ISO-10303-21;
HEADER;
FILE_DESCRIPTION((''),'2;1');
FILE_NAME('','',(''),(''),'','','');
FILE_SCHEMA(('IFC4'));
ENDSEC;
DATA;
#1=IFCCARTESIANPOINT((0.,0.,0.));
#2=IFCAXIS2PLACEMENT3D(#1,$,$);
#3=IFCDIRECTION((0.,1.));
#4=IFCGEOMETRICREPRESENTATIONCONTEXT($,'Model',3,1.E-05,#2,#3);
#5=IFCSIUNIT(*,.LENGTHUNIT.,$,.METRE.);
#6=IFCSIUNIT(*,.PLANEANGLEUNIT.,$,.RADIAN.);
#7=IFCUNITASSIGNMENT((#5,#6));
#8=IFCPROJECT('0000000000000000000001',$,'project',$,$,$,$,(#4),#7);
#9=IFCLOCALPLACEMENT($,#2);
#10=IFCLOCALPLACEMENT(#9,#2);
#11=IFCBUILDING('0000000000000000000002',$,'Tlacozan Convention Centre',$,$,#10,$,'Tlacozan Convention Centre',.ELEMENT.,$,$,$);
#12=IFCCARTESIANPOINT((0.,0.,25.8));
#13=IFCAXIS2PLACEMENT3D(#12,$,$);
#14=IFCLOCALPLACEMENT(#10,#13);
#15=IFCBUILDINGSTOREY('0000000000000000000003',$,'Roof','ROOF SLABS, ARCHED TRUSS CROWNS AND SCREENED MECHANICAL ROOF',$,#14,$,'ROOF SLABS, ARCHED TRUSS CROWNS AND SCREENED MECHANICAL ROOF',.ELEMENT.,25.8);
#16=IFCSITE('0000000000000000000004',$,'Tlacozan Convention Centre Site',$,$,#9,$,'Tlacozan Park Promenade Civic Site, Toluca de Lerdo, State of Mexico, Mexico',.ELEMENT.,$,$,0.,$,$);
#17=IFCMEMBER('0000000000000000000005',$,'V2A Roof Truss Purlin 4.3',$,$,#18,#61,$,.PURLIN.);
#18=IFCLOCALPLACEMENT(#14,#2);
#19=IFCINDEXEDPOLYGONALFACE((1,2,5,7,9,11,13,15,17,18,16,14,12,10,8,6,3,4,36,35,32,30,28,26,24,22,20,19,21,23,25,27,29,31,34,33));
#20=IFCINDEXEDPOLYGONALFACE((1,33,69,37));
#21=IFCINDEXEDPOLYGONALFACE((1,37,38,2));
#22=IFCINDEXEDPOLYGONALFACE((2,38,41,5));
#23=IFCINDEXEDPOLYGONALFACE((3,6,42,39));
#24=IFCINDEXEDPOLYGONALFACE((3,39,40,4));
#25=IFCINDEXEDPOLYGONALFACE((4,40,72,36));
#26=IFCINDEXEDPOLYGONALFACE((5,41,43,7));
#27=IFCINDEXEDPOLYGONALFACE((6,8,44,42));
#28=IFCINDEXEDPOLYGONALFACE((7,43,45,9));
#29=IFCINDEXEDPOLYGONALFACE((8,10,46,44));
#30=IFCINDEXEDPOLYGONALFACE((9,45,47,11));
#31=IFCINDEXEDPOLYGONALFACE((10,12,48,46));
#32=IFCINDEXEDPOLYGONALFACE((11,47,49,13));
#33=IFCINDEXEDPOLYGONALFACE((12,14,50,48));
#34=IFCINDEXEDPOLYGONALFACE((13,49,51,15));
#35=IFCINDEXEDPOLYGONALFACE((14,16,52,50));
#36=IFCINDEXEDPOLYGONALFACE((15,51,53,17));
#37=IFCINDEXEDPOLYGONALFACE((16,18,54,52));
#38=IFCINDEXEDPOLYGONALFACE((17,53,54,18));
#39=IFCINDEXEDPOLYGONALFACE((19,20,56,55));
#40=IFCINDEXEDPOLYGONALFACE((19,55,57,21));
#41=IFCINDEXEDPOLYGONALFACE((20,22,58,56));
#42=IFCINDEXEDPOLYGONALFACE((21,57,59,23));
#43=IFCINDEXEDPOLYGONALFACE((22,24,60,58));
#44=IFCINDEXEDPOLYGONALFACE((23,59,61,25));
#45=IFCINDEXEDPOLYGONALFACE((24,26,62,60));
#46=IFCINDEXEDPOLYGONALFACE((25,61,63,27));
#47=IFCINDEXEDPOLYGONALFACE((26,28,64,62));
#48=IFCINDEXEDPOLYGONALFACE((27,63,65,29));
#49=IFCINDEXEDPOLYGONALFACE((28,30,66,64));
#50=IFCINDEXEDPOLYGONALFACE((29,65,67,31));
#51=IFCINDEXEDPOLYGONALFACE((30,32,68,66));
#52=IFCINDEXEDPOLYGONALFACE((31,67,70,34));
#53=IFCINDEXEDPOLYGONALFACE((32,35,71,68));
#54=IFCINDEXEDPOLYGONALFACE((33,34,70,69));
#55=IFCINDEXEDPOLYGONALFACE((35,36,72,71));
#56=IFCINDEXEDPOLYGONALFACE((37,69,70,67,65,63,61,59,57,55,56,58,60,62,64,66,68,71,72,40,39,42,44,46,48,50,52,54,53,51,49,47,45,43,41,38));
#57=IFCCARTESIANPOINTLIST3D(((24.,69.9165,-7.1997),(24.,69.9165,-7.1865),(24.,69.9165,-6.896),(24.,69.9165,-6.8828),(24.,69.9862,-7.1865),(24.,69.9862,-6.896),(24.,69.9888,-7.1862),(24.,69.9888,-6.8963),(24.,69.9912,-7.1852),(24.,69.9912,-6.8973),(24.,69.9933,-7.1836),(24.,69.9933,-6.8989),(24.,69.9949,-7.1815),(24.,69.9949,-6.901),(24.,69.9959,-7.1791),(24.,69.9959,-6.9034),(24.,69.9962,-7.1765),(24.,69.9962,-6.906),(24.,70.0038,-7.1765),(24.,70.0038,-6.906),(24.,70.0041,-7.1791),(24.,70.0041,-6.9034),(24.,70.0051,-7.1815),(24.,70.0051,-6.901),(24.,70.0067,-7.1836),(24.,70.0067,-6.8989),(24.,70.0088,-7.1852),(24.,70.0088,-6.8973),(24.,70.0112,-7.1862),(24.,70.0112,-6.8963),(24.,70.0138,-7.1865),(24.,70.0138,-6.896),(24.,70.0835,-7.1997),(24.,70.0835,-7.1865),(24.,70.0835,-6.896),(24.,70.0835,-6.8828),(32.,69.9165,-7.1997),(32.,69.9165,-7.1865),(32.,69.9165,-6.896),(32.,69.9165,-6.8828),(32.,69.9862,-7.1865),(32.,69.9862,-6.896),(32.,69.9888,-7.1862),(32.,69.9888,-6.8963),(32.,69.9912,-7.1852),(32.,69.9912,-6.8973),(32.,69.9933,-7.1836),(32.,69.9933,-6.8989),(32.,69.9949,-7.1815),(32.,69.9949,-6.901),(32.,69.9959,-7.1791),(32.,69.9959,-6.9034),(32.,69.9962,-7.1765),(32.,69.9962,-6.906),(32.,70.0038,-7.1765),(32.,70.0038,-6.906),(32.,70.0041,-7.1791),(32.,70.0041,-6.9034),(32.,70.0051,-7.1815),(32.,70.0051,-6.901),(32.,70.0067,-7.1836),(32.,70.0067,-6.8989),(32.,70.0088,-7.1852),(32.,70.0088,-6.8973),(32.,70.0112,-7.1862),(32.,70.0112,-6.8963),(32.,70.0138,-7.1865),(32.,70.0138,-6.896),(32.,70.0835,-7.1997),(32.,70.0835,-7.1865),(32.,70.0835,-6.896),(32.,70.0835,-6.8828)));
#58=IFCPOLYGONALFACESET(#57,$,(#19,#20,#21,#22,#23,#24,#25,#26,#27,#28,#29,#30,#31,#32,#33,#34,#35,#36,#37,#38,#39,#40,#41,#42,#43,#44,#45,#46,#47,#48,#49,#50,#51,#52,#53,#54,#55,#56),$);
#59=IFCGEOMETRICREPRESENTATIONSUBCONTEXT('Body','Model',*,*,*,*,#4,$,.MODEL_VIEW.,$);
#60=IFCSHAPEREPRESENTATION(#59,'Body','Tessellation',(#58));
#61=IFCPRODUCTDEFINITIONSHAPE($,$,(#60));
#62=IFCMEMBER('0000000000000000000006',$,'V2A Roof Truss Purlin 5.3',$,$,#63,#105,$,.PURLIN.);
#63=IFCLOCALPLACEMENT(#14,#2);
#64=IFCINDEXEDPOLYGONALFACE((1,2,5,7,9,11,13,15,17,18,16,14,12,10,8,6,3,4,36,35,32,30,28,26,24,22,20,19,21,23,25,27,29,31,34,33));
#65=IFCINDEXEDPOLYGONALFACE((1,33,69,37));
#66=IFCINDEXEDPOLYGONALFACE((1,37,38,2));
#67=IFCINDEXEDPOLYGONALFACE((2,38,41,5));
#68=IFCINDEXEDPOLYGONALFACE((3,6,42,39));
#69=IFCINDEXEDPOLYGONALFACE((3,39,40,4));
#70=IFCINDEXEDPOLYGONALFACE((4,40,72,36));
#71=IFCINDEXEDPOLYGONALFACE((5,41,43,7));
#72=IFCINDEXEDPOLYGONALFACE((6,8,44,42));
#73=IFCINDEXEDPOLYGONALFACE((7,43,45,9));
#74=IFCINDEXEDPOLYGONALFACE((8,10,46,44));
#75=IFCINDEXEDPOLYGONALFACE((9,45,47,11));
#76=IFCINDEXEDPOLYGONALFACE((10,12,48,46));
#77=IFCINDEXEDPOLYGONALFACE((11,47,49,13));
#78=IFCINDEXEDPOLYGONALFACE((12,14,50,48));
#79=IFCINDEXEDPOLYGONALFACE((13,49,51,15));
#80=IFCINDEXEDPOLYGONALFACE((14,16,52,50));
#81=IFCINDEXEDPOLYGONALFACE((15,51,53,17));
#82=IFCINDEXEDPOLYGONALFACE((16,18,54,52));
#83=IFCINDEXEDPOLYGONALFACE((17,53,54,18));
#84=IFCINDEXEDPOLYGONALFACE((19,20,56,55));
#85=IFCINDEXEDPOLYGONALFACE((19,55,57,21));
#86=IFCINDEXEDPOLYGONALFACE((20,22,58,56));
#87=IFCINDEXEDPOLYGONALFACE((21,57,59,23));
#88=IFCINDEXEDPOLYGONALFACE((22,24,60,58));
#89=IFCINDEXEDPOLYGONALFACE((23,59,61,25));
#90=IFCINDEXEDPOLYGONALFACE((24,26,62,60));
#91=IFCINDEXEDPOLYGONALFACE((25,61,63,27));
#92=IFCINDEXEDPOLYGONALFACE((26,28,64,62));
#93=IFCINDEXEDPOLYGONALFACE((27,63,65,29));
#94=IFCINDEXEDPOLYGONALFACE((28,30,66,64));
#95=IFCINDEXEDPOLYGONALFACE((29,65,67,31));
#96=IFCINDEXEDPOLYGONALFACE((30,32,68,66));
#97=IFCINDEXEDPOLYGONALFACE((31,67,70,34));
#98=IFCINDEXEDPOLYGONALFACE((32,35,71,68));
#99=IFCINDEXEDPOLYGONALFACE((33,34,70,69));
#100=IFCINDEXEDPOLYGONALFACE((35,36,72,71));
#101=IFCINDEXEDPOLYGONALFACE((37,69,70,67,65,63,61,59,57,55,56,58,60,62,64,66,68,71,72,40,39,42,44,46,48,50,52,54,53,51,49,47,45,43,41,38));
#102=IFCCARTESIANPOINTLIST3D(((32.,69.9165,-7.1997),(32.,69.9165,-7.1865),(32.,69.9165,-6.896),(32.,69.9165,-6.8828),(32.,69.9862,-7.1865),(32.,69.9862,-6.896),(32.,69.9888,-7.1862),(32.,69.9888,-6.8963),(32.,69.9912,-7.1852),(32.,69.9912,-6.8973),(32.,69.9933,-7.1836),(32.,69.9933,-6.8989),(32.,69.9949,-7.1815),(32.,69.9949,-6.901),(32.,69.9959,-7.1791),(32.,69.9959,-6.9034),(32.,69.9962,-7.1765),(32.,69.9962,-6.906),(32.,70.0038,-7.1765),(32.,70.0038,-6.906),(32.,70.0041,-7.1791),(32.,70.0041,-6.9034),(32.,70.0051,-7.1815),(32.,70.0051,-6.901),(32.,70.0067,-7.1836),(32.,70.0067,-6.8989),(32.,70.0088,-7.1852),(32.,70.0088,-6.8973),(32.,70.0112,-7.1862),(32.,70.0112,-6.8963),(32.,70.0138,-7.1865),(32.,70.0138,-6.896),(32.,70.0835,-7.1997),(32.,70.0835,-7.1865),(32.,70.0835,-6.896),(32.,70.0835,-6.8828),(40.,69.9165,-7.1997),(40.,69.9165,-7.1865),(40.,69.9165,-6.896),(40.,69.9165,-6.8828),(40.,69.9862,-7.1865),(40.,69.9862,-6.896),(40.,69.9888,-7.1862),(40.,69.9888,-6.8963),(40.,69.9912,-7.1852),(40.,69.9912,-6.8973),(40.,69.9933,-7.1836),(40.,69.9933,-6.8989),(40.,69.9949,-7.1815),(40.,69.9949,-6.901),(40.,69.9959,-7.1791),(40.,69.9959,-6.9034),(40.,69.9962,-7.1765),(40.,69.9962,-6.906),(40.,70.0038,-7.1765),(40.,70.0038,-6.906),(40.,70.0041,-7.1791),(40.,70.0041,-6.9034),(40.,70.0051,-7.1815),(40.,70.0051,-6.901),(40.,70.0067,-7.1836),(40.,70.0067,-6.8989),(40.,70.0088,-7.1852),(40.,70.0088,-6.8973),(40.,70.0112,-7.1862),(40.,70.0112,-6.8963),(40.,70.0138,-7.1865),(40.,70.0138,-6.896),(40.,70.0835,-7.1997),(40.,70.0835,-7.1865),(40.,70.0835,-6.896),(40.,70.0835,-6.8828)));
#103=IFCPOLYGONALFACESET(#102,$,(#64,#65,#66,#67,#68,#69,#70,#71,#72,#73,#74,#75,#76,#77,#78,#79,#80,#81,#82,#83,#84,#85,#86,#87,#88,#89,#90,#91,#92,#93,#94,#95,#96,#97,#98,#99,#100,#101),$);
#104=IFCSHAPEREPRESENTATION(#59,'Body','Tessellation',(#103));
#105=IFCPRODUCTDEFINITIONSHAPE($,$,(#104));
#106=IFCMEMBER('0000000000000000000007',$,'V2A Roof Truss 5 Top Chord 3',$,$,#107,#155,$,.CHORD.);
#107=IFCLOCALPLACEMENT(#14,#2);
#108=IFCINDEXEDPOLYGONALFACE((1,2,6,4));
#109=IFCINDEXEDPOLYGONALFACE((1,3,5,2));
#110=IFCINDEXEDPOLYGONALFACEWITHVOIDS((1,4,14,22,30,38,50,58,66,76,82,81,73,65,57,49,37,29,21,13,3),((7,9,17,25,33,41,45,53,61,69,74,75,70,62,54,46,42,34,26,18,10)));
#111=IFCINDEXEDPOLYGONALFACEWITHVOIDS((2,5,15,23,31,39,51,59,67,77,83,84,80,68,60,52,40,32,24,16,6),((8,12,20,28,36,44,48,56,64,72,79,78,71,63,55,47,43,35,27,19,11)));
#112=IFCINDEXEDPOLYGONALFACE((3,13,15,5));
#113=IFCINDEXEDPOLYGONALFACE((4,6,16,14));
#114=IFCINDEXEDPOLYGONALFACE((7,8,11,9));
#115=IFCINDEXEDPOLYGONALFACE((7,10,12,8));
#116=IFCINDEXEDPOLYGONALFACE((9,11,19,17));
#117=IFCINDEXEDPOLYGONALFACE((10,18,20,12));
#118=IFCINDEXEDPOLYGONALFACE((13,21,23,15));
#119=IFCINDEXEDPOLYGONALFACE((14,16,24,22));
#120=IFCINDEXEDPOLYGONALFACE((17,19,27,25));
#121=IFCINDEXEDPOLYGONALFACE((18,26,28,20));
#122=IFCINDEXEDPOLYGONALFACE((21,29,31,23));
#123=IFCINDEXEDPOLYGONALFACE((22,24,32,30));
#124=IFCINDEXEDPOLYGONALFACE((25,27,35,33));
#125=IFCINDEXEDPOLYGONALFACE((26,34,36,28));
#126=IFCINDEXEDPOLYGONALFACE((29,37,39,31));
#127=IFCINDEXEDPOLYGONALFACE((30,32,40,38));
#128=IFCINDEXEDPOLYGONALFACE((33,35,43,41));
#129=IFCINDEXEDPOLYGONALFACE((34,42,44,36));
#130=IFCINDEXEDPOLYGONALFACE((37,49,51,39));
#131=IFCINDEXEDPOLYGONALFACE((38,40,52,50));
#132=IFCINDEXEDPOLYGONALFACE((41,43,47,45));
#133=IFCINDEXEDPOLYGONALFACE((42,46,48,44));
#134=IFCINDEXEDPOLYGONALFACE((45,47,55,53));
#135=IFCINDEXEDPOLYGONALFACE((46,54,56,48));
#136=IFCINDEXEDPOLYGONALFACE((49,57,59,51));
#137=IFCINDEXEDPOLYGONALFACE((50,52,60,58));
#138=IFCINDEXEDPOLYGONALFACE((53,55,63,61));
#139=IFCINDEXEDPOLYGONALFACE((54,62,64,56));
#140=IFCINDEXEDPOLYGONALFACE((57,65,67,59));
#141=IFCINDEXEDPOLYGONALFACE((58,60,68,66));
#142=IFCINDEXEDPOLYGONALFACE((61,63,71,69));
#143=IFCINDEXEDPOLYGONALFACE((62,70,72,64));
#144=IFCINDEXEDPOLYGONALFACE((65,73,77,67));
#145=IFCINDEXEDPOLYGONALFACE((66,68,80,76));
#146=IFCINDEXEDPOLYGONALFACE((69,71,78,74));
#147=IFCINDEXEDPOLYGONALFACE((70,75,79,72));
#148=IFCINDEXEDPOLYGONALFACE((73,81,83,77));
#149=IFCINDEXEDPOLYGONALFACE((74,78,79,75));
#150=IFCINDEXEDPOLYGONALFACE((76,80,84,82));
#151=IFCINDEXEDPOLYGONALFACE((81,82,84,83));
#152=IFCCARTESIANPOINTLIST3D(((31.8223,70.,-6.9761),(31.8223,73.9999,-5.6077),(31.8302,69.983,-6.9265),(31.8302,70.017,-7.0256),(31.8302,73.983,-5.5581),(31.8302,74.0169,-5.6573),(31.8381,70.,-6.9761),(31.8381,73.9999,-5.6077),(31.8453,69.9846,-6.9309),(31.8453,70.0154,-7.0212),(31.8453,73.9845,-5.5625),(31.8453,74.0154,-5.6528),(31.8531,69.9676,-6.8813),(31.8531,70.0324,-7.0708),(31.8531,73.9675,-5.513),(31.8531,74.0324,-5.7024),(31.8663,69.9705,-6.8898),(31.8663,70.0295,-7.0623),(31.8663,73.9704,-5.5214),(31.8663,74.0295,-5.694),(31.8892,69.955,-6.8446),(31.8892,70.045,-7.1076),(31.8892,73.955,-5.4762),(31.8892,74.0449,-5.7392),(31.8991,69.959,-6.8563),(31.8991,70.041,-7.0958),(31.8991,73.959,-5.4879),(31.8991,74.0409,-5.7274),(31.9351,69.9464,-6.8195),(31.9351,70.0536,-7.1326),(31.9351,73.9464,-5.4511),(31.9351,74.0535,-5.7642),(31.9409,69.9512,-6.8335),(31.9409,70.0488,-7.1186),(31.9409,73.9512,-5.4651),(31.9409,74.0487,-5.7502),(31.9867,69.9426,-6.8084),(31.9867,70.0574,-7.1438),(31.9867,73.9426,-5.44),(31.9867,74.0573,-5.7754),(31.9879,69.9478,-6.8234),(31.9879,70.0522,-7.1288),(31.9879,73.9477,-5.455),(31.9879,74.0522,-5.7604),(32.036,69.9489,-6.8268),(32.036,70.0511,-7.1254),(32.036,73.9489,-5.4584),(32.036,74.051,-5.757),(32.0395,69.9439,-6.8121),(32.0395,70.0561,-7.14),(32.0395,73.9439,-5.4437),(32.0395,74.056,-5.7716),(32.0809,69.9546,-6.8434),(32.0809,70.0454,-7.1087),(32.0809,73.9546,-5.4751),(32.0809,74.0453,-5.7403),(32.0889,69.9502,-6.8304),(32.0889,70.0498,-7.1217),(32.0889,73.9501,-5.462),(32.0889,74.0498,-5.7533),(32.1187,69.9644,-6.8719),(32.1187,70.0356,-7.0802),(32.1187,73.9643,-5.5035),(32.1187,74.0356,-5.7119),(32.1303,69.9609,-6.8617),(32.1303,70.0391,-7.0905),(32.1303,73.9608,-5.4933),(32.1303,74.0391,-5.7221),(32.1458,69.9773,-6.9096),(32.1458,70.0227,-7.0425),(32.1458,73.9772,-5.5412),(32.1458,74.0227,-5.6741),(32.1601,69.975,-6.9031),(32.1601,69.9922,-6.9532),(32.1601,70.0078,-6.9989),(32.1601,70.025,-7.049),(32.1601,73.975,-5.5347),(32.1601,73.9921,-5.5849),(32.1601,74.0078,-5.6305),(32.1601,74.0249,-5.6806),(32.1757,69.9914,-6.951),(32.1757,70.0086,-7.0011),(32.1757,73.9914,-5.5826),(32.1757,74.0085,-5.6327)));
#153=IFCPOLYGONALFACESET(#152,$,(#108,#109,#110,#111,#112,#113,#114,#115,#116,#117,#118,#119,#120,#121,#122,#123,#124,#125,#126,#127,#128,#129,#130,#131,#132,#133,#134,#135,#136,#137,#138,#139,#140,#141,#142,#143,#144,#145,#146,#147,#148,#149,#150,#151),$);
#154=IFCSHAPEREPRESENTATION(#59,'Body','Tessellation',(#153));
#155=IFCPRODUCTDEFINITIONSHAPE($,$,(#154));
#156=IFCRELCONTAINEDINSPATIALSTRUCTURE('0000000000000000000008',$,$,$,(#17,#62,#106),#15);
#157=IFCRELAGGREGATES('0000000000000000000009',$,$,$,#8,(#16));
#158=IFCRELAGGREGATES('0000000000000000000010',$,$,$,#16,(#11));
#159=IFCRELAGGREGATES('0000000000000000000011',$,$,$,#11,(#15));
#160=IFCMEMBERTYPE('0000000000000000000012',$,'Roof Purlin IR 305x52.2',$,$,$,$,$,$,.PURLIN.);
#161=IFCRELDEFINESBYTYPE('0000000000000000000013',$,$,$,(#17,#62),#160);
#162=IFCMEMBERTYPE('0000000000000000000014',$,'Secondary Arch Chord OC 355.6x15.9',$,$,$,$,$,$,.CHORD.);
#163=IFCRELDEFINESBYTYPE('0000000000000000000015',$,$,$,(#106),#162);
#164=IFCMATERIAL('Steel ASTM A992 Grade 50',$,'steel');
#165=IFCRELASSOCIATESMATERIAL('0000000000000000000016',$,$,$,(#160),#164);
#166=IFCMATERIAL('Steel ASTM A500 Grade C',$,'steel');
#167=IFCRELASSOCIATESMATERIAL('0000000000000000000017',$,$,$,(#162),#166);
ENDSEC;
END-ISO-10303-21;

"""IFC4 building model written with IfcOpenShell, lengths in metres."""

from ifc_helpers import new_model, si_unit, direction, frame, origin, origin_2d, place, context, subcontext, project, spatial, hollow_circle, i_section, extrude, material, material_profile, profile_set, type_object, element, save


model = new_model("IFC4")

# Units and contexts
model_context = context("Model", 3, precision=1e-05, world=origin(), true_north=direction((0.0, 1.0)))
body_context = subcontext(model_context, "Body", "Model", "MODEL_VIEW")
ifc_project = project(units=[si_unit("LENGTHUNIT", "METRE"), si_unit("PLANEANGLEUNIT", "RADIAN")], contexts=[model_context])

# Site, building, storey
site_placement = place(None, origin())
site = spatial("IfcSite", under=ifc_project, at=site_placement, Name="Tlacozan Convention Centre Site", LongName="Tlacozan Park Promenade Civic Site, Toluca de Lerdo, State of Mexico, Mexico", CompositionType="ELEMENT", RefElevation=0.0)
building_placement = place(site_placement, origin())
building = spatial("IfcBuilding", under=site, at=building_placement, Name="Tlacozan Convention Centre", LongName="Tlacozan Convention Centre", CompositionType="ELEMENT")
storey_placement = place(building_placement, frame((0.0, 0.0, 25.8)))
storey = spatial("IfcBuildingStorey", under=building, at=storey_placement, Name="Roof", Description="ROOF SLABS, ARCHED TRUSS CROWNS AND SCREENED MECHANICAL ROOF", LongName="ROOF SLABS, ARCHED TRUSS CROWNS AND SCREENED MECHANICAL ROOF", CompositionType="ELEMENT", Elevation=25.8)

# Members
ifc_material_1 = material(Name="Steel ASTM A500 Grade C", Category="steel")
ifc_material_2 = material(Name="Steel ASTM A992 Grade 50", Category="steel")
ifc_material_profile_1 = material_profile(ifc_material_2, i_section(OverallWidth=0.167, OverallDepth=0.3169, WebThickness=0.0076, FlangeThickness=0.0132, FilletRadius=0.01, at=origin_2d()), Name="IR 305x52.2")
ifc_profile_set_1 = profile_set([ifc_material_profile_1], Name="Steel ASTM A992 Grade 50")
member_type_1 = type_object("IfcMemberType", Name="Roof Purlin IR 305x52.2", PredefinedType="PURLIN", material=ifc_profile_set_1)
for number, where, z_axis, x_axis, name in (
    (1, (24.0, 70.0, -7.0413), (1.0, 0.0, 0.0), (0.0, 1.0, 0.0), "V2A Roof Truss Purlin 4.3"),
    (2, (32.0, 70.0, -7.0413), (1.0, 0.0, 0.0), (0.0, 1.0, 0.0), "V2A Roof Truss Purlin 5.3"),
):
    element("IfcMember", number, at=place(storey_placement, frame(where, z_axis=z_axis, x_axis=x_axis)), inside=storey, type_object=member_type_1, Name=name, PredefinedType="PURLIN", context=body_context, shape_type="SweptSolid", body=[
        extrude(i_section(OverallWidth=0.167, OverallDepth=0.3169, WebThickness=0.0076, FlangeThickness=0.0132, FilletRadius=0.01, at=origin_2d()), origin(), (0.0, 0.0, 1.0), 8.0),
    ])
ifc_material_profile_2 = material_profile(ifc_material_1, hollow_circle(Radius=0.1777, WallThickness=0.0159, at=origin_2d()), Name="OC 355.6x15.9")
ifc_profile_set_2 = profile_set([ifc_material_profile_2], Name="Steel ASTM A500 Grade C")
member_type_2 = type_object("IfcMemberType", Name="Secondary Arch Chord OC 355.6x15.9", PredefinedType="CHORD", material=ifc_profile_set_2)
member_1_placement = place(storey_placement, frame((32.0, 70.0, -6.9761), z_axis=(0.0, 0.946165, 0.323685), x_axis=(-1.0, 0.0, 0.0)))
element("IfcMember", 3, at=member_1_placement, inside=storey, type_object=member_type_2, Name="V2A Roof Truss 5 Top Chord 3", PredefinedType="CHORD", context=body_context, shape_type="SweptSolid", body=[
    extrude(hollow_circle(Radius=0.1777, WallThickness=0.0159, at=origin_2d()), origin(), (0.0, 0.0, 1.0), 4.2275),
])

save(model, "model.ifc")
